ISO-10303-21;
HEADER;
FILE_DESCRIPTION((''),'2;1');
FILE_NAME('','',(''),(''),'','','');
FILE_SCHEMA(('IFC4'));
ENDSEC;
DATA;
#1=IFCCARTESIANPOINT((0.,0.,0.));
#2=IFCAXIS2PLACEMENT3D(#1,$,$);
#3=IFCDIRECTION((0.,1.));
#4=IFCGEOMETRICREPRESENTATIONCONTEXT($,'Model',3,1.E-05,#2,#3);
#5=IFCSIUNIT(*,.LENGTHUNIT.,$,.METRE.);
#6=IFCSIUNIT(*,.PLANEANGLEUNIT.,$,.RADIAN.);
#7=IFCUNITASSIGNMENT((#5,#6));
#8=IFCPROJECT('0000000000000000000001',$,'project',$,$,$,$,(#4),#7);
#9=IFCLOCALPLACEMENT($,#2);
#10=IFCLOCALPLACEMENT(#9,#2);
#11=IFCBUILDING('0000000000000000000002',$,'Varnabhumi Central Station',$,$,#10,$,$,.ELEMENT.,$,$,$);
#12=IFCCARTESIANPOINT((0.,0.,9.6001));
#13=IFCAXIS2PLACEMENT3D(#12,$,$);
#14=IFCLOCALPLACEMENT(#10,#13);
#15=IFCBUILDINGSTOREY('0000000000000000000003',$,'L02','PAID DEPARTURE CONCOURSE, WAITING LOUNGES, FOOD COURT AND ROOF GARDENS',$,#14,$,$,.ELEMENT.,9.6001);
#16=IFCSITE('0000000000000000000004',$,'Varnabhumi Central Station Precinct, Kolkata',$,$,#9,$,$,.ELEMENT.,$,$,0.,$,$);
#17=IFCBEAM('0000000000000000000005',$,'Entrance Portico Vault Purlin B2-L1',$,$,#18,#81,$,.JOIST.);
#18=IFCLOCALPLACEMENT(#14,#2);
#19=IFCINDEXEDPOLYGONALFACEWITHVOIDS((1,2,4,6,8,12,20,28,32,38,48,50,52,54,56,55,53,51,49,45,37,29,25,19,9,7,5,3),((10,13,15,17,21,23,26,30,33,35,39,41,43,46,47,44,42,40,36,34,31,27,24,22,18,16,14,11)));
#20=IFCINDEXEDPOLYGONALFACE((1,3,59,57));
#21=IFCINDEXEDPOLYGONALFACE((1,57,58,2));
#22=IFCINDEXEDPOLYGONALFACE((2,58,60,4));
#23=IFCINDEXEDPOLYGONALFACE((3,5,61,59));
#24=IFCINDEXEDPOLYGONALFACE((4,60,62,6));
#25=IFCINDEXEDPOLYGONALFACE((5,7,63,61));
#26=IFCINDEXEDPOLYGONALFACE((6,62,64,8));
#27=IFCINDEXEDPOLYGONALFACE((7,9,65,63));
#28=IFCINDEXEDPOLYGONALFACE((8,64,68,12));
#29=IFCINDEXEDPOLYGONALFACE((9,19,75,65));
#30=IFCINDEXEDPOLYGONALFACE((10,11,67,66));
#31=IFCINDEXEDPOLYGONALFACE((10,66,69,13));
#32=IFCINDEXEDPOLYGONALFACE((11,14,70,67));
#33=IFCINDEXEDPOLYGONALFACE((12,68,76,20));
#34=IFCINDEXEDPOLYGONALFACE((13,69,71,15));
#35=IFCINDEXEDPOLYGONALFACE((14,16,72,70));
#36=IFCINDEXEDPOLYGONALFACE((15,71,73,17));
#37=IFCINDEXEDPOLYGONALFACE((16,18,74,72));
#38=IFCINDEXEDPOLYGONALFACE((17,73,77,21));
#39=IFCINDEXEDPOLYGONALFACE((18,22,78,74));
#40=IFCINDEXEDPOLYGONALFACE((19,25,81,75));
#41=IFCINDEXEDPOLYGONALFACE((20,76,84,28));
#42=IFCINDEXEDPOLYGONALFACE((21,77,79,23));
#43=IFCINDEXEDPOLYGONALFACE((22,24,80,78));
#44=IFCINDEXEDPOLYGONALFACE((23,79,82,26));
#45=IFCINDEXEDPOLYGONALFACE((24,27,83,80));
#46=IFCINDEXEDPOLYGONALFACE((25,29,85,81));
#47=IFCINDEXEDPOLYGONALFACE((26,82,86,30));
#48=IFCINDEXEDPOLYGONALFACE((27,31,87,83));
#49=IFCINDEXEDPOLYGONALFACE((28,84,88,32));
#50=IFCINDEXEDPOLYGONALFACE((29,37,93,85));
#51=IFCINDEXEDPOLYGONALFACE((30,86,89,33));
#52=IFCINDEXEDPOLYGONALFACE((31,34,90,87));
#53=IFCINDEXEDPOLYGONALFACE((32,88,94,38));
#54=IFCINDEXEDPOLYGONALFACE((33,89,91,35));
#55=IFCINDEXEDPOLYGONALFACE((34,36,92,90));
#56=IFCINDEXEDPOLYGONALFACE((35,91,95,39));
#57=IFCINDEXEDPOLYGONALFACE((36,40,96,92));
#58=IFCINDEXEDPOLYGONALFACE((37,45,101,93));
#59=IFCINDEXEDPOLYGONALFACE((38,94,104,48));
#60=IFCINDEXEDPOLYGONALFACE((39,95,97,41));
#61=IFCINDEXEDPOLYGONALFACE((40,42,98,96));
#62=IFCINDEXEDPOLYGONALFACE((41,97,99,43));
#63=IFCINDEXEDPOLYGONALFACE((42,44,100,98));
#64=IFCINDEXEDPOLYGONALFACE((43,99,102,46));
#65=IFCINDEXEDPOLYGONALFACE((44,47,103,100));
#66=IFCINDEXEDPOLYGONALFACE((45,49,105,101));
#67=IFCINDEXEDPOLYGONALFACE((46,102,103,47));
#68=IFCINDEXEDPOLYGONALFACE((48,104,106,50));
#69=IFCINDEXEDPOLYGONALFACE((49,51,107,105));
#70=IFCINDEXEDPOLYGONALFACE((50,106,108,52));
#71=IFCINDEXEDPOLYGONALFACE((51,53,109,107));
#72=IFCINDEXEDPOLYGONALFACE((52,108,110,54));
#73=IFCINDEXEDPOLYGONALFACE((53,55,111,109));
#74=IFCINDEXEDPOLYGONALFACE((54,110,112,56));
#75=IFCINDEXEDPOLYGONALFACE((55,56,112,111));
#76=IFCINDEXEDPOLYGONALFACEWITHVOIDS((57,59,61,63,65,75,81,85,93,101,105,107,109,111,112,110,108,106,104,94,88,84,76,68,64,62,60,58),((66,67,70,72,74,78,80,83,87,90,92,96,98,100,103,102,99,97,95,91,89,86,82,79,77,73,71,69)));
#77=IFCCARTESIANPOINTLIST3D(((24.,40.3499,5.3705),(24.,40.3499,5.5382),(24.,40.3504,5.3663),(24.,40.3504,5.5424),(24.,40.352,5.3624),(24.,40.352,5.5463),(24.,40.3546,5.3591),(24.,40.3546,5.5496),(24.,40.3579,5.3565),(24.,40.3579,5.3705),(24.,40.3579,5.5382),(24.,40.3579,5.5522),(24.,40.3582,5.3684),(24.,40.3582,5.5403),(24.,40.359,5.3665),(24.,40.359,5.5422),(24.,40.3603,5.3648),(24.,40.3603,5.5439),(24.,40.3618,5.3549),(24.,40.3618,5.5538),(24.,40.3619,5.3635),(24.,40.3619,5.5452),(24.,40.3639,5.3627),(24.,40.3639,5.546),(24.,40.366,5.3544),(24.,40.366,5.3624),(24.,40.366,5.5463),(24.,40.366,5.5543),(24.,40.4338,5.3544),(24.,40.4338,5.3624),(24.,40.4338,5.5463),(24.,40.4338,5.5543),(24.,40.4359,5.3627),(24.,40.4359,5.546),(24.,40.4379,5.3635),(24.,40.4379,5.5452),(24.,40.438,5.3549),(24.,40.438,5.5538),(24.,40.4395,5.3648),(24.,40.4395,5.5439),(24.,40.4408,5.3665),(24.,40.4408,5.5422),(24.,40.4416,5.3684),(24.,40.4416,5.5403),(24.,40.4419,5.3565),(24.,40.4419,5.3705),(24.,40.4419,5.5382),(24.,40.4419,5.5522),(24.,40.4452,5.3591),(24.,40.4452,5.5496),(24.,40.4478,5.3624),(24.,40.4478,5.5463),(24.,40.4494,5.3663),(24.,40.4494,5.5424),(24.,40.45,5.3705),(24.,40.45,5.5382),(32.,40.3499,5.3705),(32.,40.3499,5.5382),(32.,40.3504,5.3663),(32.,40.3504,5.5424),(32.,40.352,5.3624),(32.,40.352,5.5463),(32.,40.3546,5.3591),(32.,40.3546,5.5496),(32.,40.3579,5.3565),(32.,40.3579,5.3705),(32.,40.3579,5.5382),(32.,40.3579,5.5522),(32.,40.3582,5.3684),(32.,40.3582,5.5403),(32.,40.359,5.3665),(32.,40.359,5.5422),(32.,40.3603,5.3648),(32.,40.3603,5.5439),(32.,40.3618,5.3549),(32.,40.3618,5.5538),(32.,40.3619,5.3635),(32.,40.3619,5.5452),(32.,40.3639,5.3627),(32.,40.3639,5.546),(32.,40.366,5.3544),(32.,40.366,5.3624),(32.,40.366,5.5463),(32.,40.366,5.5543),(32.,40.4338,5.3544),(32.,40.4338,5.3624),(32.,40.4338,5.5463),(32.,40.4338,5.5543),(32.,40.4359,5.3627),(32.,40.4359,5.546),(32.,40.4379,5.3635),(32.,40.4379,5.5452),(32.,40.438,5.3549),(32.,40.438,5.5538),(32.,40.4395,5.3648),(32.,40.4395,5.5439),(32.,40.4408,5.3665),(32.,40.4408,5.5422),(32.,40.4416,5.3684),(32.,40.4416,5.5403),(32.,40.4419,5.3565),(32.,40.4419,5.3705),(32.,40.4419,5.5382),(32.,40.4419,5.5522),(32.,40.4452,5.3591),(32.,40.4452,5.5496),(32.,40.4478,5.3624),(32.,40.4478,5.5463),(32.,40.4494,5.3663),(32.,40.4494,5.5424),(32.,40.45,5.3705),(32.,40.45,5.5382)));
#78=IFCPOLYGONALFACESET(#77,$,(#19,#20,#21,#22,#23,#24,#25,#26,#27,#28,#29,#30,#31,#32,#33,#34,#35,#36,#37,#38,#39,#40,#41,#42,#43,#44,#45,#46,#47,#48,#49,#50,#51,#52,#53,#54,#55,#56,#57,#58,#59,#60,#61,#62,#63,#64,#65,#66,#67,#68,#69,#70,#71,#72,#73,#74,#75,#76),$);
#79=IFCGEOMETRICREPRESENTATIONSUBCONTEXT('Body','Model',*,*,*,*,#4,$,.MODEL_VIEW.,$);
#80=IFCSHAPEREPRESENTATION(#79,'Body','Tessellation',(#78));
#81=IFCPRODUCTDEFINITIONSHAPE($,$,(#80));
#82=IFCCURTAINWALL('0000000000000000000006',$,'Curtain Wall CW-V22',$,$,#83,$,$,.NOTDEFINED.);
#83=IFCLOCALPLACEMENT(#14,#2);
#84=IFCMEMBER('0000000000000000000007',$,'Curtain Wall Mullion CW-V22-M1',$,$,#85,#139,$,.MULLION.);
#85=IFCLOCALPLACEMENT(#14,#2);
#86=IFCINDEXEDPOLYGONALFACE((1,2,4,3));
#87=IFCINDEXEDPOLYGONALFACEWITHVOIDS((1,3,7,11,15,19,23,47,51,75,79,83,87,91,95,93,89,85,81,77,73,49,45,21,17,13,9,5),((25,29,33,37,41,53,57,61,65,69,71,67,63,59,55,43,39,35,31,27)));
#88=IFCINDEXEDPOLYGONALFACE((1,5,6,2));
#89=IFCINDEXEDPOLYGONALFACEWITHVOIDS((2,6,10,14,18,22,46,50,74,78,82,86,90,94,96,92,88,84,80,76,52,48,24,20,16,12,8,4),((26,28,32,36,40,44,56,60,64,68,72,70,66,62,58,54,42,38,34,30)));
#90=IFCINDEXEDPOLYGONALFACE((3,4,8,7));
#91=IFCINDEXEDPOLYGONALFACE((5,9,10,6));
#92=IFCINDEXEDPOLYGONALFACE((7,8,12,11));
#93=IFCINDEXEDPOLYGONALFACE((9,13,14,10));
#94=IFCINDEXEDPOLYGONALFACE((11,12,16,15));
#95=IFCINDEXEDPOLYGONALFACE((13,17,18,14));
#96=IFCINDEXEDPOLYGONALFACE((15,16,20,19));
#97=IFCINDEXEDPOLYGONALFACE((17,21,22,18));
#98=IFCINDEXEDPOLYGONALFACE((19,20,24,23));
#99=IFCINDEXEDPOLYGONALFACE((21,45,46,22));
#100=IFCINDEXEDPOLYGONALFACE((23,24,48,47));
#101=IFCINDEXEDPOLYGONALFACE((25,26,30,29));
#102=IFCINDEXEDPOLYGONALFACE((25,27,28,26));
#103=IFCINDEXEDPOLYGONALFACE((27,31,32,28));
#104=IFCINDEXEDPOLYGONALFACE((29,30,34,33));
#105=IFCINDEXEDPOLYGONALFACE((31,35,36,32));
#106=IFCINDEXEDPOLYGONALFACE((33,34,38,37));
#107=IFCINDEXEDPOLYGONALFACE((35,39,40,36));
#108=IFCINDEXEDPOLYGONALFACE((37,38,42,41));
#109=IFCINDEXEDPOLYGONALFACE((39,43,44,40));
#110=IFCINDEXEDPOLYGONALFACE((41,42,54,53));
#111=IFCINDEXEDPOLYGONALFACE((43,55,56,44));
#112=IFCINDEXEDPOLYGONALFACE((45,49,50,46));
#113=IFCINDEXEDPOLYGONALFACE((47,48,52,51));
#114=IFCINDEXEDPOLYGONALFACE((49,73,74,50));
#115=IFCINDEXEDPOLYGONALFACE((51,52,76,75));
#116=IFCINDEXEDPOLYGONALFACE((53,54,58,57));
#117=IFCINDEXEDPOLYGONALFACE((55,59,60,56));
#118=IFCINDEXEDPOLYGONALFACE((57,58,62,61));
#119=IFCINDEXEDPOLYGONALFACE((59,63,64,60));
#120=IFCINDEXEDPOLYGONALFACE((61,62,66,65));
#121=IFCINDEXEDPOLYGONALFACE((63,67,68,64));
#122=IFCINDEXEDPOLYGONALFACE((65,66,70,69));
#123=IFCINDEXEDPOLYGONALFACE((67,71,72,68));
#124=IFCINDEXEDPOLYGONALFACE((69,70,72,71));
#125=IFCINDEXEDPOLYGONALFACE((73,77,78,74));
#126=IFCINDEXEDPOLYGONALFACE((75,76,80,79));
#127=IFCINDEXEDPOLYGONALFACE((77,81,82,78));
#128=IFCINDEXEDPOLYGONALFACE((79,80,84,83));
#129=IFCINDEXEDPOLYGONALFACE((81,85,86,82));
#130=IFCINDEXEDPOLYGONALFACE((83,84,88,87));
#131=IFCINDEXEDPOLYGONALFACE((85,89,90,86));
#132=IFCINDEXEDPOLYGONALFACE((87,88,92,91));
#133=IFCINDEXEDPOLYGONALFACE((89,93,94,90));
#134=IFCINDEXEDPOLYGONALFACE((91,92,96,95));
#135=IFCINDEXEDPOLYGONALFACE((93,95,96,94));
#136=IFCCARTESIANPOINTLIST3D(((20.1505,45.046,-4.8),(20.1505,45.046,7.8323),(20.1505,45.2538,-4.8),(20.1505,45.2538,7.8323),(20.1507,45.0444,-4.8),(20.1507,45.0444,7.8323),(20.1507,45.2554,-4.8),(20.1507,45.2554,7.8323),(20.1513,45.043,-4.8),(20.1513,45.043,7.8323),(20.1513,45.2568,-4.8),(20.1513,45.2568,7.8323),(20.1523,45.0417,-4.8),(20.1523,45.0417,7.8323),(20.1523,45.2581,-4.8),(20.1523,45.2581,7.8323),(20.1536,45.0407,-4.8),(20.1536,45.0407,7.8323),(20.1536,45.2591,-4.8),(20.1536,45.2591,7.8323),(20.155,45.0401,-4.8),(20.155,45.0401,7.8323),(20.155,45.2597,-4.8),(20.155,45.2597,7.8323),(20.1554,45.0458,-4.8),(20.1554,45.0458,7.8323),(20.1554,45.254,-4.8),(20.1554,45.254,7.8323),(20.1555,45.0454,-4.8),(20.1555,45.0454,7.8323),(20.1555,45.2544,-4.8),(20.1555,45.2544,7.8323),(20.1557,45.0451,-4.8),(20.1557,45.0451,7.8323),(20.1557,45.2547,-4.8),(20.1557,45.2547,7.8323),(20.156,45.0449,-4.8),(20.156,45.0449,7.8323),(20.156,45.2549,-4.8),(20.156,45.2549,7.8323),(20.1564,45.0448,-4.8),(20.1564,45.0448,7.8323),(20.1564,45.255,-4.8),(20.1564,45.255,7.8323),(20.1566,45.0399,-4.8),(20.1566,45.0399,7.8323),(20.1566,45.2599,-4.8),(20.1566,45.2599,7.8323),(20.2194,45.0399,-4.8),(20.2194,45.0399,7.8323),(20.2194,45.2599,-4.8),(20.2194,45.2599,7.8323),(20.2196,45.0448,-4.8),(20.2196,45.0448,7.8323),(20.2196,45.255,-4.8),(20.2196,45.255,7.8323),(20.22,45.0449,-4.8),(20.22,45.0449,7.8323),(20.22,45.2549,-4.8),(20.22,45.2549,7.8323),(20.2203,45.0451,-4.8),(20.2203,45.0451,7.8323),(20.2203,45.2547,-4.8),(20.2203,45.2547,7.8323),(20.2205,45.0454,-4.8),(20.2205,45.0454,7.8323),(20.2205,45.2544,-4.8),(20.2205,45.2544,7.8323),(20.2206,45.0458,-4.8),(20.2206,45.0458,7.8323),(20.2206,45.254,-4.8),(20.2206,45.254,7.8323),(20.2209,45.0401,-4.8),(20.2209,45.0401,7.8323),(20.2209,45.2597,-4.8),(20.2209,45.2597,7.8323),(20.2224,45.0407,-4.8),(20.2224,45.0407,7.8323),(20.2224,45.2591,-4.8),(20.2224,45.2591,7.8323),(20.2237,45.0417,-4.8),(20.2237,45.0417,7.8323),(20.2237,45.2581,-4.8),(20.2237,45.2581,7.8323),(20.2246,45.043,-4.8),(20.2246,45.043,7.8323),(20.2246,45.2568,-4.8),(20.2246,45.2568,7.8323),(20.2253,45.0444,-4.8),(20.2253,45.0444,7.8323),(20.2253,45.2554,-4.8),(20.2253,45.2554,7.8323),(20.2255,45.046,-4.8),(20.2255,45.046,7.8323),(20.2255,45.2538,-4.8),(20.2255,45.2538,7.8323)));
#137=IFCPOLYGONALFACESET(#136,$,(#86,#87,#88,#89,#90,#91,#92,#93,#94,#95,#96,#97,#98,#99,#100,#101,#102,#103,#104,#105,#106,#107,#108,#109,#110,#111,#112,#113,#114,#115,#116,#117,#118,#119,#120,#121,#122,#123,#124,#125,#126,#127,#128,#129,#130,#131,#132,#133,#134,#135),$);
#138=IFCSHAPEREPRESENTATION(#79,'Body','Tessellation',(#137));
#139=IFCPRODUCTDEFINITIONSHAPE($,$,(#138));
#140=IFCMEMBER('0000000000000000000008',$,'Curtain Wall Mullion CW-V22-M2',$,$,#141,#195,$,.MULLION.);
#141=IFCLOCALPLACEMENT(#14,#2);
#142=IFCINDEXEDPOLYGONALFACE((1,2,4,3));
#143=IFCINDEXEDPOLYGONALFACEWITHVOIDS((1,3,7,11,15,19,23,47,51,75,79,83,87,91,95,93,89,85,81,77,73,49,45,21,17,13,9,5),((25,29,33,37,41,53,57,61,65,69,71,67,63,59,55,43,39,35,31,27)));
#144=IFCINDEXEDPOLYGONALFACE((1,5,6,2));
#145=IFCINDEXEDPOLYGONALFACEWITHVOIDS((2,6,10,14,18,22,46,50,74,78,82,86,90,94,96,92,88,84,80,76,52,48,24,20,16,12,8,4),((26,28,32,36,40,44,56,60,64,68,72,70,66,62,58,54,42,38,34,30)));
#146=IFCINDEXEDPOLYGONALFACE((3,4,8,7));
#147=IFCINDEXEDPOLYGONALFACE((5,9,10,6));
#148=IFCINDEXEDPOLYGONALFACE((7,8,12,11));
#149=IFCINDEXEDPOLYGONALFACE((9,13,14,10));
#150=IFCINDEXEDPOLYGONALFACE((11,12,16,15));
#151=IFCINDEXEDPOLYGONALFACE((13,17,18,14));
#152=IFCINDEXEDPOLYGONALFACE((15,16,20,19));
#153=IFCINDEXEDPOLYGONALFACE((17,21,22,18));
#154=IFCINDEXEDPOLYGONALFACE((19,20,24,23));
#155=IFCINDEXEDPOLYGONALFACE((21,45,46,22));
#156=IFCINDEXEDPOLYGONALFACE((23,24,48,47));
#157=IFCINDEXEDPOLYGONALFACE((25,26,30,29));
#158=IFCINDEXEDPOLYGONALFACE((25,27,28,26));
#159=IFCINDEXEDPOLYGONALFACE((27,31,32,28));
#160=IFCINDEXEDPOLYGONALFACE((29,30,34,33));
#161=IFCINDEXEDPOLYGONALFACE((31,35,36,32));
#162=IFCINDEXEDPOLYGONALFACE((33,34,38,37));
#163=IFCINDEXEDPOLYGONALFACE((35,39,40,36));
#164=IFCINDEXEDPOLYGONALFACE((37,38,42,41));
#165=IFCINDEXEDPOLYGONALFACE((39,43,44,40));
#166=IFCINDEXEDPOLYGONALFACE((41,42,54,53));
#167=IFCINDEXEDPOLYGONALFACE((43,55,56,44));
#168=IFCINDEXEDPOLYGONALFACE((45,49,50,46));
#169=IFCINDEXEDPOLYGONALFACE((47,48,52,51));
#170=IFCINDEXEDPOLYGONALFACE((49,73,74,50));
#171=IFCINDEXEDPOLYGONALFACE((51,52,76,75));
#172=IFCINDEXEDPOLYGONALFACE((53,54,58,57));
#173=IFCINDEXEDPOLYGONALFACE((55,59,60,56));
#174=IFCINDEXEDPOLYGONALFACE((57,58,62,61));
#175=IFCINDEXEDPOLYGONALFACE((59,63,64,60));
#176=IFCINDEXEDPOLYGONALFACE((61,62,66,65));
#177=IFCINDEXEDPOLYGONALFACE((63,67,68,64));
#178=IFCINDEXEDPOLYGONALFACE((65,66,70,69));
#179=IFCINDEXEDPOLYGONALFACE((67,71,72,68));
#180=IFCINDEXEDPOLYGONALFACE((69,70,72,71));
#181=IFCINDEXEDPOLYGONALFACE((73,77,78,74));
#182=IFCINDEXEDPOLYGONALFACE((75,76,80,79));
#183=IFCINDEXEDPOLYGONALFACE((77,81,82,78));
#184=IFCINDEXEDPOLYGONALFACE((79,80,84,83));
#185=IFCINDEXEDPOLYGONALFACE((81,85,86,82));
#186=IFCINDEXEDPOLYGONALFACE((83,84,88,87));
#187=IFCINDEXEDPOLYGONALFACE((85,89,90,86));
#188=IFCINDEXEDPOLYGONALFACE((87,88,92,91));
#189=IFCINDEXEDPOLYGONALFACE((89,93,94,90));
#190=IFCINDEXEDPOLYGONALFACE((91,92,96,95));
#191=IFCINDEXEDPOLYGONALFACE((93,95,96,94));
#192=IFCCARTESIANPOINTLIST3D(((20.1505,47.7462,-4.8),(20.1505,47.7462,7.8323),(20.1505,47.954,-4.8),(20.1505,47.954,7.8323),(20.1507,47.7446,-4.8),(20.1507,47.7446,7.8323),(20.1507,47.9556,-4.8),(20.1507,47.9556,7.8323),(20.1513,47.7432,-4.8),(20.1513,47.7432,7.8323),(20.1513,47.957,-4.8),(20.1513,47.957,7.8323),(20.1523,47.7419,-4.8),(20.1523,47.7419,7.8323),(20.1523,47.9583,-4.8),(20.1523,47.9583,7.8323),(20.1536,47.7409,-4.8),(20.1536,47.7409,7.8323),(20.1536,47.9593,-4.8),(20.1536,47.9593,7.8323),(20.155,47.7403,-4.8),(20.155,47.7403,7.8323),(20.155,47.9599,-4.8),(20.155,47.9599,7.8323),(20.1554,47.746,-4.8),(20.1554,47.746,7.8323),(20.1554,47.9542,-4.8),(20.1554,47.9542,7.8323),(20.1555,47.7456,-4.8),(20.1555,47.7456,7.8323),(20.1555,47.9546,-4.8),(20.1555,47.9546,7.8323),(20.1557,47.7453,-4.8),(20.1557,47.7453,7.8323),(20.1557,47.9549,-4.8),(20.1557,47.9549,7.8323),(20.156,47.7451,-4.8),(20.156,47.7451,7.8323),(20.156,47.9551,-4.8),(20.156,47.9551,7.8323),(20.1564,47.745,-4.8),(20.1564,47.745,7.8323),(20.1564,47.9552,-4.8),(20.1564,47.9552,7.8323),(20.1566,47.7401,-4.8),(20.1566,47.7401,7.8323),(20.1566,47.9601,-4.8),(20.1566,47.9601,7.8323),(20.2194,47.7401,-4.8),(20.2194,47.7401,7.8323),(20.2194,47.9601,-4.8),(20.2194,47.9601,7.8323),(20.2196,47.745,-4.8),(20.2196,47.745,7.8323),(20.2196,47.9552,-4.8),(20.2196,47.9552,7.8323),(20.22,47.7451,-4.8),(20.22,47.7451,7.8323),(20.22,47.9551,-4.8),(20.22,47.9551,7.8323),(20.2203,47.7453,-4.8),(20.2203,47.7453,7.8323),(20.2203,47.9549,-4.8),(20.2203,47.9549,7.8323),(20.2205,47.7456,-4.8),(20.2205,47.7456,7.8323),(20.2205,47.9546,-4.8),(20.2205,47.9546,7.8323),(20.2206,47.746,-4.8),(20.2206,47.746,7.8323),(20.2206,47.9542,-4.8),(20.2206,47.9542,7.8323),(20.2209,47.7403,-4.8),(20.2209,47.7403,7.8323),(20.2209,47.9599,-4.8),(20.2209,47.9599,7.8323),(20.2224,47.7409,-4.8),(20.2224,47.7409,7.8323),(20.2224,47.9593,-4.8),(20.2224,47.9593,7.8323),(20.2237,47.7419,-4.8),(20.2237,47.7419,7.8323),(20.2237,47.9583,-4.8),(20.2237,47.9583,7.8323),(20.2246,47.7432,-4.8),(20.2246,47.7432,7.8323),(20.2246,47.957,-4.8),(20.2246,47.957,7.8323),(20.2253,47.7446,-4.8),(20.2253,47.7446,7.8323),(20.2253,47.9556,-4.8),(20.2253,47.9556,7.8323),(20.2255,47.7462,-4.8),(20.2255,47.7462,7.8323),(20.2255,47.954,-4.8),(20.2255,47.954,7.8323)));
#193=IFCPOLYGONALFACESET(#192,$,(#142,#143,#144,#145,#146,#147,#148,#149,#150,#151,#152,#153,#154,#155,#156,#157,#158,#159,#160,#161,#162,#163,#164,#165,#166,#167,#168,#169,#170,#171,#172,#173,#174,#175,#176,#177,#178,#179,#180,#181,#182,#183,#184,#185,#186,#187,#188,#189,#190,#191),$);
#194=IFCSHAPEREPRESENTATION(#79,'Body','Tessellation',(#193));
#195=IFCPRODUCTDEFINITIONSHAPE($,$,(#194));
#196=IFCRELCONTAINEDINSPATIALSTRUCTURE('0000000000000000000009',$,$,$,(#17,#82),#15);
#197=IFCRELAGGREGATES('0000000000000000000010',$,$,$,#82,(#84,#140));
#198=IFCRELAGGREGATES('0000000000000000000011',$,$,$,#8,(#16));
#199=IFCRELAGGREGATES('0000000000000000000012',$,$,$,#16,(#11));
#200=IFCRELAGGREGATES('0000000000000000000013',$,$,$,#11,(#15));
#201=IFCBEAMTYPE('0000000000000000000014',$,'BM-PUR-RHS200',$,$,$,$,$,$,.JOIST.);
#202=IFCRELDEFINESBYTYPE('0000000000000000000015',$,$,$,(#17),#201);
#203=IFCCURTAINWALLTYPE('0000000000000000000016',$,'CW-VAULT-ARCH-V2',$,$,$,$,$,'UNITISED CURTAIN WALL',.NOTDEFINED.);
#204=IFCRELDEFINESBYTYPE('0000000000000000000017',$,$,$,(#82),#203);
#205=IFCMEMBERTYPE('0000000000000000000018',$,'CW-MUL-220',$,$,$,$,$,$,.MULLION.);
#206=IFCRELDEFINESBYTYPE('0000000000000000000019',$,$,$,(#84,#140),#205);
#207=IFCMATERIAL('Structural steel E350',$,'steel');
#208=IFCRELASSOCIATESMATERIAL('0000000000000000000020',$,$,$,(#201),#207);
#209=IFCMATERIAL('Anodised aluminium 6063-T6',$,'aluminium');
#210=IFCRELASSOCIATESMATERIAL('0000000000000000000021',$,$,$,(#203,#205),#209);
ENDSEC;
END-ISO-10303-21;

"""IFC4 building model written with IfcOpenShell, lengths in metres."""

from ifc_helpers import new_model, si_unit, direction, frame, origin, origin_2d, place, context, subcontext, project, spatial, hollow_rectangle, extrude, material, material_profile, profile_set, type_object, element, aggregate, save


model = new_model("IFC4")

# Units and contexts
model_context = context("Model", 3, precision=1e-05, world=origin(), true_north=direction((0.0, 1.0)))
body_context = subcontext(model_context, "Body", "Model", "MODEL_VIEW")
ifc_project = project(units=[si_unit("LENGTHUNIT", "METRE"), si_unit("PLANEANGLEUNIT", "RADIAN")], contexts=[model_context])

# Site, building, storey
site_placement = place(None, origin())
site = spatial("IfcSite", under=ifc_project, at=site_placement, Name="Varnabhumi Central Station Precinct, Kolkata", CompositionType="ELEMENT", RefElevation=0.0)
building_placement = place(site_placement, origin())
building = spatial("IfcBuilding", under=site, at=building_placement, Name="Varnabhumi Central Station", CompositionType="ELEMENT")
storey_placement = place(building_placement, frame((0.0, 0.0, 9.6001)))
storey = spatial("IfcBuildingStorey", under=building, at=storey_placement, Name="L02", Description="PAID DEPARTURE CONCOURSE, WAITING LOUNGES, FOOD COURT AND ROOF GARDENS", CompositionType="ELEMENT", Elevation=9.6001)

# Beam
ifc_material_1 = material(Name="Structural steel E350", Category="steel")
ifc_material_profile_1 = material_profile(ifc_material_1, hollow_rectangle(XDim=0.1001, YDim=0.2, WallThickness=0.0081, InnerFilletRadius=0.0081, OuterFilletRadius=0.0161, at=origin_2d()), Name="Structural steel E350", Category="steel")
ifc_profile_set_1 = profile_set([ifc_material_profile_1], Name="Structural steel E350")
beam_type_1 = type_object("IfcBeamType", Name="BM-PUR-RHS200", PredefinedType="JOIST", material=ifc_profile_set_1)
beam_1_placement = place(storey_placement, frame((24.0, 40.3999, 5.4543), z_axis=(1.0, 0.0, 0.0), x_axis=(0.0, 1.0, 0.0)))
element("IfcBeam", 1, at=beam_1_placement, inside=storey, type_object=beam_type_1, Name="Entrance Portico Vault Purlin B2-L1", PredefinedType="JOIST", context=body_context, shape_type="SweptSolid", body=[
    extrude(hollow_rectangle(XDim=0.1001, YDim=0.2, WallThickness=0.0081, InnerFilletRadius=0.0081, OuterFilletRadius=0.0161, at=origin_2d()), origin(), (0.0, 0.0, 1.0), 8.0),
])

# Curtain wall, members
ifc_material_2 = material(Name="Anodised aluminium 6063-T6", Category="aluminium")
curtain_wall_type = type_object("IfcCurtainWallType", Name="CW-VAULT-ARCH-V2", ElementType="UNITISED CURTAIN WALL", PredefinedType="NOTDEFINED", material=ifc_material_2)
curtain_wall_placement = place(storey_placement, origin())
curtain_wall = element("IfcCurtainWall", 2, at=curtain_wall_placement, inside=storey, type_object=curtain_wall_type, Name="Curtain Wall CW-V22", PredefinedType="NOTDEFINED")
ifc_material_profile_2 = material_profile(ifc_material_2, hollow_rectangle(XDim=0.075, YDim=0.22, WallThickness=0.0049, InnerFilletRadius=0.001, OuterFilletRadius=0.0061, at=origin_2d()), Name="Anodised aluminium 6063-T6", Category="aluminium")
ifc_profile_set_2 = profile_set([ifc_material_profile_2], Name="Anodised aluminium 6063-T6")
member_type_1 = type_object("IfcMemberType", Name="CW-MUL-220", PredefinedType="MULLION", material=ifc_profile_set_2)
member_1_placement = place(storey_placement, frame((20.188, 45.1499, -4.8), z_axis=(0.0, 0.0, 1.0), x_axis=(1.0, 0.0, 0.0)))
member_1 = element("IfcMember", 3, at=member_1_placement, type_object=member_type_1, Name="Curtain Wall Mullion CW-V22-M1", PredefinedType="MULLION", context=body_context, shape_type="SweptSolid", body=[
    extrude(hollow_rectangle(XDim=0.075, YDim=0.22, WallThickness=0.0049, InnerFilletRadius=0.001, OuterFilletRadius=0.0061, at=origin_2d()), origin(), (0.0, 0.0, 1.0), 12.6323),
])
member_2_placement = place(storey_placement, frame((20.188, 47.8501, -4.8), z_axis=(0.0, 0.0, 1.0), x_axis=(1.0, 0.0, 0.0)))
member_2 = element("IfcMember", 4, at=member_2_placement, type_object=member_type_1, Name="Curtain Wall Mullion CW-V22-M2", PredefinedType="MULLION", context=body_context, shape_type="SweptSolid", body=[
    extrude(hollow_rectangle(XDim=0.075, YDim=0.22, WallThickness=0.0049, InnerFilletRadius=0.001, OuterFilletRadius=0.0061, at=origin_2d()), origin(), (0.0, 0.0, 1.0), 12.6323),
])

aggregate(curtain_wall, [member_1, member_2])

save(model, "model.ifc")
